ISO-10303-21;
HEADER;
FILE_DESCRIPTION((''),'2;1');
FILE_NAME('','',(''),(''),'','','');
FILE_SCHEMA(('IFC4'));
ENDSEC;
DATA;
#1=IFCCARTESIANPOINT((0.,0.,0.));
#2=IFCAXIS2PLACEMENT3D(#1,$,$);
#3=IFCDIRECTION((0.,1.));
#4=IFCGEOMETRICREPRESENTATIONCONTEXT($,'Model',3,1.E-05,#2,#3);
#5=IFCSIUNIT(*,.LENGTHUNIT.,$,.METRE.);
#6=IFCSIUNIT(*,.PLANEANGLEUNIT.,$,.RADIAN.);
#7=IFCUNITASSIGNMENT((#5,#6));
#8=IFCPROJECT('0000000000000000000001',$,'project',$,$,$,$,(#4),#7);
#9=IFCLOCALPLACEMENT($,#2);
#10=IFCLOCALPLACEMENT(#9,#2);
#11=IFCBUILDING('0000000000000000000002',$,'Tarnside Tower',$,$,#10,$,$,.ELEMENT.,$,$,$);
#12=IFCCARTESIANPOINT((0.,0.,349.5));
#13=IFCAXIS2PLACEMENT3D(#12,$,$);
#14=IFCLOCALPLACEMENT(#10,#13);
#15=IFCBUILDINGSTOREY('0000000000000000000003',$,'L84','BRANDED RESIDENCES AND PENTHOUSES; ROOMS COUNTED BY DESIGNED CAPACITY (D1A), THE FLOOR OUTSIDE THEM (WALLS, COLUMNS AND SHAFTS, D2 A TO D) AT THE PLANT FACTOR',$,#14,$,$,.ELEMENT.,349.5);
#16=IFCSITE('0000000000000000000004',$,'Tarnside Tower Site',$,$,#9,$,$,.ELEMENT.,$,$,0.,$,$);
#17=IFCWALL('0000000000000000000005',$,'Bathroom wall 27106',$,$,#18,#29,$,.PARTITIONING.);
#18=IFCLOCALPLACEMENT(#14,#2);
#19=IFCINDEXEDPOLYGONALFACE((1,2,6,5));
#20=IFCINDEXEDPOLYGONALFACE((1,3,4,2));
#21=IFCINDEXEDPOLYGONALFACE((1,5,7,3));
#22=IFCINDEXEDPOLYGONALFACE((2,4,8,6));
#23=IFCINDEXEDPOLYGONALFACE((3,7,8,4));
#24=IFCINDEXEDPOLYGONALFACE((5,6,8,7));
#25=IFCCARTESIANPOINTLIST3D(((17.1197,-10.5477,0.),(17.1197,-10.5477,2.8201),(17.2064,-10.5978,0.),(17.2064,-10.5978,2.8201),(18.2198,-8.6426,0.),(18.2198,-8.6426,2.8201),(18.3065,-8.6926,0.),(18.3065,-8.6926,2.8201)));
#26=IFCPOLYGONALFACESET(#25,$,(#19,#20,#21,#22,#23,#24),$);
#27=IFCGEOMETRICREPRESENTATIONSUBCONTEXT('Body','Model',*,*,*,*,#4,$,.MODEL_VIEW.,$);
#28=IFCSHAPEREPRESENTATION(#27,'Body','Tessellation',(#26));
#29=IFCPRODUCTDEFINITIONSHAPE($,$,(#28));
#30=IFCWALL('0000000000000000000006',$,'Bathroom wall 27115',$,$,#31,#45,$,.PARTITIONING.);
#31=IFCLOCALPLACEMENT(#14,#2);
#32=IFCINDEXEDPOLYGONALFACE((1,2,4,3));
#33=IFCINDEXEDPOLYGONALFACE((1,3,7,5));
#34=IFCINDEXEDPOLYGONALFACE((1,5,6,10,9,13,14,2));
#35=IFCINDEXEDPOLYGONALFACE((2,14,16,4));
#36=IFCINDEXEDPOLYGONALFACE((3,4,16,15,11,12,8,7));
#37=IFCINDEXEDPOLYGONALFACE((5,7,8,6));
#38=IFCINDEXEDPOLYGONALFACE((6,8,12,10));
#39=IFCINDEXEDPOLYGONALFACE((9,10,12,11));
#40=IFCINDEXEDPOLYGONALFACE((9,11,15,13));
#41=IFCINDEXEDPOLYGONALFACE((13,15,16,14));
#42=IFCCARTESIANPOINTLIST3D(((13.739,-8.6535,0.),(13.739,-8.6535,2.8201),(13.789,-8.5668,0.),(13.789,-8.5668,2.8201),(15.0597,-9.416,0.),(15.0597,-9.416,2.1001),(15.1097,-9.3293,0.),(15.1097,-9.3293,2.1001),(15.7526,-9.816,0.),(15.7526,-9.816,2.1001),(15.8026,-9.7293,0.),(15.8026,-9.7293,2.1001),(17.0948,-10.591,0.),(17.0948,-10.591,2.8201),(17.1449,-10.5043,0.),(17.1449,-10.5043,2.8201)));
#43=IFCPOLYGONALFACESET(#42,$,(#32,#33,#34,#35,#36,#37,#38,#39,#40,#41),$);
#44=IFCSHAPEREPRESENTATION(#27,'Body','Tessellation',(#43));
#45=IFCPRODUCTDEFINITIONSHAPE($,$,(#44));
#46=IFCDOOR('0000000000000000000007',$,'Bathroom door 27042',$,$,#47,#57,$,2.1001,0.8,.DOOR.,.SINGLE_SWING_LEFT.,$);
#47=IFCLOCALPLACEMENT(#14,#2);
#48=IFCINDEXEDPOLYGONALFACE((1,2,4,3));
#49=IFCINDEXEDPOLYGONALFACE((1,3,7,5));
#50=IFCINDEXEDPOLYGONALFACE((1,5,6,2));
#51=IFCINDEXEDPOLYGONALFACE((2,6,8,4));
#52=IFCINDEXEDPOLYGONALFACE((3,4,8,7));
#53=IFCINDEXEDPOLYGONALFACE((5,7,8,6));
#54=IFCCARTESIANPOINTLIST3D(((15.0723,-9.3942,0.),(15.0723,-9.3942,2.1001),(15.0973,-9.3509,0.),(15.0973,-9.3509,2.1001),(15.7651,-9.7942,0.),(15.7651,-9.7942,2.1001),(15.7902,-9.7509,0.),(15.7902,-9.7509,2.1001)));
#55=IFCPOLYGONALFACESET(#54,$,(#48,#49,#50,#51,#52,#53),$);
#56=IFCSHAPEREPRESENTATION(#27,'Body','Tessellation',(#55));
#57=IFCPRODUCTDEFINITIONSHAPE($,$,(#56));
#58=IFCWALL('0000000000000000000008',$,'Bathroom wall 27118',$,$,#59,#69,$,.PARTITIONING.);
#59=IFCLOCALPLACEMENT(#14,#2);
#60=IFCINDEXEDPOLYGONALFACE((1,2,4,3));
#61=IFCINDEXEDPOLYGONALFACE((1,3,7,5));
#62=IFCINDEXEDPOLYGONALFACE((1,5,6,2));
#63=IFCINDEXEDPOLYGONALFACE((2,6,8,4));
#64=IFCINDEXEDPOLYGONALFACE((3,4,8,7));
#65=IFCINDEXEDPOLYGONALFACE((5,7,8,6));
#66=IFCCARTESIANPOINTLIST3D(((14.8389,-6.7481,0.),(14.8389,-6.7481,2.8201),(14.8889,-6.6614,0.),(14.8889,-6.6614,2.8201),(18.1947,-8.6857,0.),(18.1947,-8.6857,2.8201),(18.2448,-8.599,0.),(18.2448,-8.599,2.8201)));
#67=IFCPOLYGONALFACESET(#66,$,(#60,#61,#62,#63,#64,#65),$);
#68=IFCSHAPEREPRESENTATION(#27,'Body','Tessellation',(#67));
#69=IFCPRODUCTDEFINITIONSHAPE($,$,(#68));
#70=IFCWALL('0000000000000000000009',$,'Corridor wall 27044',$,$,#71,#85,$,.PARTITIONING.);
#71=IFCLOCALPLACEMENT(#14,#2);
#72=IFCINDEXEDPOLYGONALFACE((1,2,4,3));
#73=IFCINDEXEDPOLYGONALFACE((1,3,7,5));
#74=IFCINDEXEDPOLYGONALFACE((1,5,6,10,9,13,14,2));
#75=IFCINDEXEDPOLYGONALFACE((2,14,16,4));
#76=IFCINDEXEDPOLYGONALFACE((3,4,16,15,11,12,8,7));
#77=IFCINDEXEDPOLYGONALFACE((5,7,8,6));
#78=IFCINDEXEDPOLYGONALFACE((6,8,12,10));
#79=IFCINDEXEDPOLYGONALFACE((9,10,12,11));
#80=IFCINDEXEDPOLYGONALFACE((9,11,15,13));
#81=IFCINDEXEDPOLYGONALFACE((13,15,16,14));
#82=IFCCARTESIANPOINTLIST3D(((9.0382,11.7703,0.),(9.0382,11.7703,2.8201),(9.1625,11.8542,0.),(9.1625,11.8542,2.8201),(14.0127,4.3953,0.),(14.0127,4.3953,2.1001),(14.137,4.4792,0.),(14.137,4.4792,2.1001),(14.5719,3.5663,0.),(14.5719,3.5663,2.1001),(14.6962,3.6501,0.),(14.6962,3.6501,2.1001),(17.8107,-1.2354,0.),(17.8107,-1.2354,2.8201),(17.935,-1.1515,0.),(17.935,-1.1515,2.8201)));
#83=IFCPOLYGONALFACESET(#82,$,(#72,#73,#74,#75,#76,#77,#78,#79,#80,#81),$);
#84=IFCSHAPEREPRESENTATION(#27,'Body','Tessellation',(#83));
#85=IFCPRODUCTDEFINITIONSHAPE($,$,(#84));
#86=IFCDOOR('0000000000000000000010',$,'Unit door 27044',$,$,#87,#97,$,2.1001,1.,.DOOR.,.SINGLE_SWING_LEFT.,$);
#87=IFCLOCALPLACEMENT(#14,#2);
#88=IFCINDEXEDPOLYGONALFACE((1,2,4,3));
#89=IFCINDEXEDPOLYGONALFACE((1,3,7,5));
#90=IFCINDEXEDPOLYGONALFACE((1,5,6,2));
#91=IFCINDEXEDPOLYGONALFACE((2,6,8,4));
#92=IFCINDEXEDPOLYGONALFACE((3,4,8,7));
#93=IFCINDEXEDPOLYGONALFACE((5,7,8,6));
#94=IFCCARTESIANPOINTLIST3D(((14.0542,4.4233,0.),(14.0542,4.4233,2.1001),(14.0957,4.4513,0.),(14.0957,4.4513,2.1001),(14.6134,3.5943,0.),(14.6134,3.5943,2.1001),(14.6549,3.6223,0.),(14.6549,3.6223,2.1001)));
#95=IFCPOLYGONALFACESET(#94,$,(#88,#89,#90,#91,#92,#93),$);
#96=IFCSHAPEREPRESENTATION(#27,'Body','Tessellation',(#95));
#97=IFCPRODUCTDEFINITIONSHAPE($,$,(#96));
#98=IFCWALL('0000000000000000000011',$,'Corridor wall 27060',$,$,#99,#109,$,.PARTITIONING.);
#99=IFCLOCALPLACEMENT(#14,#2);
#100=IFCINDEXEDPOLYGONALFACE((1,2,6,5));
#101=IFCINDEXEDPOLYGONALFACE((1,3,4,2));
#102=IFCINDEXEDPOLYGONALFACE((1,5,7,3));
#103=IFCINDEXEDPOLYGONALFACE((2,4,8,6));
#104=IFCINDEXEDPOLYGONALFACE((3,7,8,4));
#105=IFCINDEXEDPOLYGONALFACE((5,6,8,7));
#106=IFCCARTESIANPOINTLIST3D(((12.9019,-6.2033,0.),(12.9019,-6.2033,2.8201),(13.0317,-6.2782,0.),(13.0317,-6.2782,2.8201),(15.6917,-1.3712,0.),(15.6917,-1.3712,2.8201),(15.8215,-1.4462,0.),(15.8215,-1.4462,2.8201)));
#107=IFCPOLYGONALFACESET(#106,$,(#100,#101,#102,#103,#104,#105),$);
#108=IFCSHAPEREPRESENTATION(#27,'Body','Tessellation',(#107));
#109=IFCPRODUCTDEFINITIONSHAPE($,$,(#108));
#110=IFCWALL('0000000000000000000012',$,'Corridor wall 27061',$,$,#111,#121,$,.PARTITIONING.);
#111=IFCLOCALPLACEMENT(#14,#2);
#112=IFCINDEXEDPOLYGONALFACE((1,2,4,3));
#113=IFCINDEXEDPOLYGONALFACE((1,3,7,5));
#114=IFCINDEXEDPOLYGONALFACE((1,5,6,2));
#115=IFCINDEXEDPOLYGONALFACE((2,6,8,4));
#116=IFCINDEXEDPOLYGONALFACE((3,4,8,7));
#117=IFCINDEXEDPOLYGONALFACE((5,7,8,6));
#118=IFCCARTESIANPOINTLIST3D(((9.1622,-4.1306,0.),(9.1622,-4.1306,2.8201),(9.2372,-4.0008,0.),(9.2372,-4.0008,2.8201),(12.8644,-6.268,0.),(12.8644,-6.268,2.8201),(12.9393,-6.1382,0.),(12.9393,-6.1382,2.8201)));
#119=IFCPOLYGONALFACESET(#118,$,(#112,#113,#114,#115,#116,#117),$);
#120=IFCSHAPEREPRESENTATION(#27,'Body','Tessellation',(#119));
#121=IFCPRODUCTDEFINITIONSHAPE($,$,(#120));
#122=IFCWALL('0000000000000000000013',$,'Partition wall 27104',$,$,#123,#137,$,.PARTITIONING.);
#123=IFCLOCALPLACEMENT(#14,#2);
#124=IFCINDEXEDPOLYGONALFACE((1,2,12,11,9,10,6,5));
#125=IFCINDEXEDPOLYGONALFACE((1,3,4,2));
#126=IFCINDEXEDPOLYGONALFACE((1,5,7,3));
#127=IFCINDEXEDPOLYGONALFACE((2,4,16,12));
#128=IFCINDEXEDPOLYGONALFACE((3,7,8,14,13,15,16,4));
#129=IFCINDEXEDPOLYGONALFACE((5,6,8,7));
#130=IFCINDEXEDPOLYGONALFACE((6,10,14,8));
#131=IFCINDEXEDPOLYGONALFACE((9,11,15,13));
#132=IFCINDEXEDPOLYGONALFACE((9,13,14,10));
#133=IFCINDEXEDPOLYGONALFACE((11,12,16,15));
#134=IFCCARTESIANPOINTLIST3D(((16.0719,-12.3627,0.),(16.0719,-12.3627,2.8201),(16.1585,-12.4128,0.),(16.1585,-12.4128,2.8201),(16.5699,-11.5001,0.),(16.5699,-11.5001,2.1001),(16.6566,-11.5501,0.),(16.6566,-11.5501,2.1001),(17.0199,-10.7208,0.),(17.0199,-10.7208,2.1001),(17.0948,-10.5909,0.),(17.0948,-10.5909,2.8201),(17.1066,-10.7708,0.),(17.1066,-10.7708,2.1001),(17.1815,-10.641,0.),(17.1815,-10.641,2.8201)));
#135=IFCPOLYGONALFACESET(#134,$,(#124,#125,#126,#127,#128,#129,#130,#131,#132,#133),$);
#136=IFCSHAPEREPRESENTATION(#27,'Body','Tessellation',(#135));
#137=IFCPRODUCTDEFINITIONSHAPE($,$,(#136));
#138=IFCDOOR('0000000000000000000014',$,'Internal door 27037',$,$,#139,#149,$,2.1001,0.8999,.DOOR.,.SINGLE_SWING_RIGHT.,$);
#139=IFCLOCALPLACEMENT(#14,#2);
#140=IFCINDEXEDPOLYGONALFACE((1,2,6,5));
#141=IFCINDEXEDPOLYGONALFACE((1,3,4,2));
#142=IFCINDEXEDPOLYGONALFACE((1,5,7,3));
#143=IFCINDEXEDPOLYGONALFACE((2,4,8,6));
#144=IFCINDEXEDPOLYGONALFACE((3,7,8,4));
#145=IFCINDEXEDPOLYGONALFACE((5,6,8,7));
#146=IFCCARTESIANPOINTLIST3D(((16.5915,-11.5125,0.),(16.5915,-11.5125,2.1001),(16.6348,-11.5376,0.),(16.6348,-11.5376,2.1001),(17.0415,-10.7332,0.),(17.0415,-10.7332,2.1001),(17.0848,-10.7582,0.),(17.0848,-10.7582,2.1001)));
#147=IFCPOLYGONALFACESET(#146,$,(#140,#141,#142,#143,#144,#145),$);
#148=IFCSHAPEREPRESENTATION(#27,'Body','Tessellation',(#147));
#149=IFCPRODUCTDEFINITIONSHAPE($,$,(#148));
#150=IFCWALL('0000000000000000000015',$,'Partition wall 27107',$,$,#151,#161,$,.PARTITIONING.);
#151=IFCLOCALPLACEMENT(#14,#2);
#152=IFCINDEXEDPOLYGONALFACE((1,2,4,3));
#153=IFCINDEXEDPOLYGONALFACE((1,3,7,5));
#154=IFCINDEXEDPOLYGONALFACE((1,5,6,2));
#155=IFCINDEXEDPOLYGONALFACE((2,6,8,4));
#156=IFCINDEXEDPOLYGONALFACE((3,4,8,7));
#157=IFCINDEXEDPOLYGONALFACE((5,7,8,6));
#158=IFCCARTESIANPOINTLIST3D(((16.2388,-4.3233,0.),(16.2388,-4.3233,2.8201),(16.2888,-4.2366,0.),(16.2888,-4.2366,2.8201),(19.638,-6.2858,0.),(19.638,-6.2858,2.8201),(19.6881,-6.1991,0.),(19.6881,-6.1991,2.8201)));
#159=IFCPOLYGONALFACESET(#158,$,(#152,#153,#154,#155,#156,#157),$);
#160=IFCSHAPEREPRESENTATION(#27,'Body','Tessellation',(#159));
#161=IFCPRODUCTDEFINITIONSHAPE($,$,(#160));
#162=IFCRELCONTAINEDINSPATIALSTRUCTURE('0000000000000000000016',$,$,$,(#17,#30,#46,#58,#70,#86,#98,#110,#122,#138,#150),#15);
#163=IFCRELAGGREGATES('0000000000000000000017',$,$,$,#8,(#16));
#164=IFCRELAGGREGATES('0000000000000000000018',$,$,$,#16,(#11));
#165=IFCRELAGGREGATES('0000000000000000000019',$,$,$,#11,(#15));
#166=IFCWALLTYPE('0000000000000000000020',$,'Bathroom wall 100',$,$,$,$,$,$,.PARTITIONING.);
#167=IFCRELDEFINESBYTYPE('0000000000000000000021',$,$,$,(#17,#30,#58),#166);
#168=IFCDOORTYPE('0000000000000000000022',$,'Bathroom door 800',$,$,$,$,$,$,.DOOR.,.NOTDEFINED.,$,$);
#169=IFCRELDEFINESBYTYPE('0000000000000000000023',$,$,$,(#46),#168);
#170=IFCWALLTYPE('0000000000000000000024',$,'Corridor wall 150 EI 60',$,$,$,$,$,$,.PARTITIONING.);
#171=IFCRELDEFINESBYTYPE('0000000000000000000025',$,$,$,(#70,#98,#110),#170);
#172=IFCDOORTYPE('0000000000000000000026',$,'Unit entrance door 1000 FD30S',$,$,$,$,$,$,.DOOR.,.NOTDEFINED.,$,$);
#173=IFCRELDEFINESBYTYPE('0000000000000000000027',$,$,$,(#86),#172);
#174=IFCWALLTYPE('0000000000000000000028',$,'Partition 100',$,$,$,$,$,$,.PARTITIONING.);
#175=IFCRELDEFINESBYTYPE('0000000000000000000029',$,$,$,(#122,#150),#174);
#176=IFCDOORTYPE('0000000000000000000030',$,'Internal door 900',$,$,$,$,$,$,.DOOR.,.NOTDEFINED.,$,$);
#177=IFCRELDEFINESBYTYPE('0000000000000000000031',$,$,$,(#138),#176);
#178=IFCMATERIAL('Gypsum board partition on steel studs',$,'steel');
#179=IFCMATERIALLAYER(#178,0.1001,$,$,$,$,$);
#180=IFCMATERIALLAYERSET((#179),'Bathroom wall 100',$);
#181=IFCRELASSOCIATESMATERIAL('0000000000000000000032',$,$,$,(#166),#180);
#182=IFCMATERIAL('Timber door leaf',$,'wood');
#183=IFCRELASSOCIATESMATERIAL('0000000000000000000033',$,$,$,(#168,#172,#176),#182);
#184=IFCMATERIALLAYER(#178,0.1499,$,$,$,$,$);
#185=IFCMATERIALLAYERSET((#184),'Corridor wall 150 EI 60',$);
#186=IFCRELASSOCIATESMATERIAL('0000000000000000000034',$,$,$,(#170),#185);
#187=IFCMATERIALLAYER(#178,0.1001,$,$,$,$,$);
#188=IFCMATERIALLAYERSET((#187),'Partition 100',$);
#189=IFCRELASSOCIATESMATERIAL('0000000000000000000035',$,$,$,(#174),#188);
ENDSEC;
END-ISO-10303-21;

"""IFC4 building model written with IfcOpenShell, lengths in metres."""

from ifc_helpers import new_model, si_unit, direction, frame, frame_2d, origin, place, context, subcontext, project, spatial, rectangle, extrude, material, layer, layer_set, type_object, element, fill, save


model = new_model("IFC4")

# Units and contexts
model_context = context("Model", 3, precision=1e-05, world=origin(), true_north=direction((0.0, 1.0)))
body_context = subcontext(model_context, "Body", "Model", "MODEL_VIEW")
ifc_project = project(units=[si_unit("LENGTHUNIT", "METRE"), si_unit("PLANEANGLEUNIT", "RADIAN")], contexts=[model_context])

# Site, building, storey
site_placement = place(None, origin())
site = spatial("IfcSite", under=ifc_project, at=site_placement, Name="Tarnside Tower Site", CompositionType="ELEMENT", RefElevation=0.0)
building_placement = place(site_placement, origin())
building = spatial("IfcBuilding", under=site, at=building_placement, Name="Tarnside Tower", CompositionType="ELEMENT")
storey_placement = place(building_placement, frame((0.0, 0.0, 349.5)))
storey = spatial("IfcBuildingStorey", under=building, at=storey_placement, Name="L84", Description="BRANDED RESIDENCES AND PENTHOUSES; ROOMS COUNTED BY DESIGNED CAPACITY (D1A), THE FLOOR OUTSIDE THEM (WALLS, COLUMNS AND SHAFTS, D2 A TO D) AT THE PLANT FACTOR", CompositionType="ELEMENT", Elevation=349.5)

# Wall
ifc_material_1 = material(Name="Gypsum board partition on steel studs", Category="steel")
ifc_layer_1 = layer(ifc_material_1, 0.1001)
ifc_layer_set_1 = layer_set([ifc_layer_1], Name="Bathroom wall 100")
wall_type_1 = type_object("IfcWallType", Name="Bathroom wall 100", PredefinedType="PARTITIONING", material=ifc_layer_set_1)
wall_1_placement = place(storey_placement, frame((18.2632, -8.6675, 0.0), z_axis=(0.0, 0.0, 1.0), x_axis=(-0.50003, -0.866008, 0.0)))
element("IfcWall", 1, at=wall_1_placement, inside=storey, type_object=wall_type_1, Name="Bathroom wall 27106", PredefinedType="PARTITIONING", context=body_context, shape_type="SweptSolid", body=[
    extrude(rectangle(XDim=2.2, YDim=0.1001, at=frame_2d((1.1001, 0.0))), origin(), (0.0, 0.0, 1.0), 2.8201),
])

# Wall, opening, door
wall_2_placement = place(storey_placement, frame((17.1199, -10.5476, 0.0), z_axis=(0.0, 0.0, 1.0), x_axis=(-0.866032, 0.499988, 0.0)))
wall_2 = element("IfcWall", 2, at=wall_2_placement, inside=storey, type_object=wall_type_1, Name="Bathroom wall 27115", PredefinedType="PARTITIONING", context=body_context, shape_type="SweptSolid", body=[
    extrude(rectangle(XDim=3.875, YDim=0.1001, at=frame_2d((1.9375, 0.0))), origin(), (0.0, 0.0, 1.0), 2.8201),
])
opening_1_placement = place(wall_2_placement, frame((1.55, 0.0, 0.0)))
opening_1 = element("IfcOpeningElement", 3, at=opening_1_placement, cuts=wall_2, PredefinedType="OPENING", context=body_context, shape_type="SweptSolid", body=[
    extrude(rectangle(XDim=0.8, YDim=2.1001, at=frame_2d((0.3999, 1.05))), frame((0.0, 0.0601, 0.0), z_axis=(0.0, -1.0, 0.0), x_axis=(1.0, 0.0, 0.0)), (0.0, 0.0, 1.0), 0.1201),
])
ifc_material_2 = material(Name="Timber door leaf", Category="wood")
door_type_1 = type_object("IfcDoorType", Name="Bathroom door 800", OperationType="NOTDEFINED", PredefinedType="DOOR", material=ifc_material_2)
door_1_placement = place(opening_1_placement, origin())
door_1 = element("IfcDoor", 4, at=door_1_placement, inside=storey, type_object=door_type_1, Name="Bathroom door 27042", OperationType="SINGLE_SWING_LEFT", OverallHeight=2.1001, OverallWidth=0.8, PredefinedType="DOOR", context=body_context, shape_type="SweptSolid", body=[
    extrude(rectangle(XDim=0.8, YDim=2.1001, at=frame_2d((0.3999, 1.05))), frame((0.0, 0.0249, 0.0), z_axis=(0.0, -1.0, 0.0), x_axis=(1.0, 0.0, 0.0)), (0.0, 0.0, 1.0), 0.05),
])
fill(opening_1, door_1)

# Wall
wall_3_placement = place(storey_placement, frame((18.2197, -8.6423, 0.0), z_axis=(0.0, 0.0, 1.0), x_axis=(-0.866017, 0.500015, 0.0)))
element("IfcWall", 5, at=wall_3_placement, inside=storey, type_object=wall_type_1, Name="Bathroom wall 27118", PredefinedType="PARTITIONING", context=body_context, shape_type="SweptSolid", body=[
    extrude(rectangle(XDim=3.875, YDim=0.1001, at=frame_2d((1.9375, 0.0))), origin(), (0.0, 0.0, 1.0), 2.8201),
])

# Wall, opening, door
ifc_layer_2 = layer(ifc_material_1, 0.1499)
ifc_layer_set_2 = layer_set([ifc_layer_2], Name="Corridor wall 150 EI 60")
wall_type_2 = type_object("IfcWallType", Name="Corridor wall 150 EI 60", PredefinedType="PARTITIONING", material=ifc_layer_set_2)
wall_4_placement = place(storey_placement, frame((17.8728, -1.1934, 0.0), z_axis=(0.0, 0.0, 1.0), x_axis=(-0.559196, 0.829036, 0.0)))
wall_4 = element("IfcWall", 6, at=wall_4_placement, inside=storey, type_object=wall_type_2, Name="Corridor wall 27044", PredefinedType="PARTITIONING", context=body_context, shape_type="SweptSolid", body=[
    extrude(rectangle(XDim=15.6877, YDim=0.1499, at=frame_2d((7.8438, 0.0))), origin(), (0.0, 0.0, 1.0), 2.8201),
])
opening_2_placement = place(wall_4_placement, frame((5.7917, 0.0, 0.0)))
opening_2 = element("IfcOpeningElement", 7, at=opening_2_placement, cuts=wall_4, PredefinedType="OPENING", context=body_context, shape_type="SweptSolid", body=[
    extrude(rectangle(XDim=1.0, YDim=2.1001, at=frame_2d((0.5, 1.05))), frame((0.0, 0.085, 0.0), z_axis=(0.0, -1.0, 0.0), x_axis=(1.0, 0.0, 0.0)), (0.0, 0.0, 1.0), 0.1699),
])
door_type_2 = type_object("IfcDoorType", Name="Unit entrance door 1000 FD30S", OperationType="NOTDEFINED", PredefinedType="DOOR", material=ifc_material_2)
door_2_placement = place(opening_2_placement, origin())
door_2 = element("IfcDoor", 8, at=door_2_placement, inside=storey, type_object=door_type_2, Name="Unit door 27044", OperationType="SINGLE_SWING_LEFT", OverallHeight=2.1001, OverallWidth=1.0, PredefinedType="DOOR", context=body_context, shape_type="SweptSolid", body=[
    extrude(rectangle(XDim=1.0, YDim=2.1001, at=frame_2d((0.5, 1.05))), frame((0.0, 0.0249, 0.0), z_axis=(0.0, -1.0, 0.0), x_axis=(1.0, 0.0, 0.0)), (0.0, 0.0, 1.0), 0.05),
])
fill(opening_2, door_2)

# Walls
wall_5_placement = place(storey_placement, frame((15.7566, -1.4087, 0.0), z_axis=(0.0, 0.0, 1.0), x_axis=(-0.500003, -0.866024, 0.0)))
element("IfcWall", 9, at=wall_5_placement, inside=storey, type_object=wall_type_2, Name="Corridor wall 27060", PredefinedType="PARTITIONING", context=body_context, shape_type="SweptSolid", body=[
    extrude(rectangle(XDim=5.5796, YDim=0.1499, at=frame_2d((2.7898, 0.0))), origin(), (0.0, 0.0, 1.0), 2.8201),
])
wall_6_placement = place(storey_placement, frame((12.9019, -6.2031, 0.0), z_axis=(0.0, 0.0, 1.0), x_axis=(-0.866024, 0.500003, 0.0)))
element("IfcWall", 10, at=wall_6_placement, inside=storey, type_object=wall_type_2, Name="Corridor wall 27061", PredefinedType="PARTITIONING", context=body_context, shape_type="SweptSolid", body=[
    extrude(rectangle(XDim=4.2749, YDim=0.1499, at=frame_2d((2.1375, 0.0))), origin(), (0.0, 0.0, 1.0), 2.8201),
])

# Wall, opening, door
ifc_layer_3 = layer(ifc_material_1, 0.1001)
ifc_layer_set_3 = layer_set([ifc_layer_3], Name="Partition 100")
wall_type_3 = type_object("IfcWallType", Name="Partition 100", PredefinedType="PARTITIONING", material=ifc_layer_set_3)
wall_7_placement = place(storey_placement, frame((17.1382, -10.616, 0.0), z_axis=(0.0, 0.0, 1.0), x_axis=(-0.500015, -0.866017, 0.0)))
wall_7 = element("IfcWall", 11, at=wall_7_placement, inside=storey, type_object=wall_type_3, Name="Partition wall 27104", PredefinedType="PARTITIONING", context=body_context, shape_type="SweptSolid", body=[
    extrude(rectangle(XDim=2.0459, YDim=0.1001, at=frame_2d((1.0229, 0.0))), origin(), (0.0, 0.0, 1.0), 2.8201),
])
opening_3_placement = place(wall_7_placement, frame((0.1499, 0.0, 0.0)))
opening_3 = element("IfcOpeningElement", 12, at=opening_3_placement, cuts=wall_7, PredefinedType="OPENING", context=body_context, shape_type="SweptSolid", body=[
    extrude(rectangle(XDim=0.8999, YDim=2.1001, at=frame_2d((0.45, 1.05))), frame((0.0, 0.0601, 0.0), z_axis=(0.0, -1.0, 0.0), x_axis=(1.0, 0.0, 0.0)), (0.0, 0.0, 1.0), 0.1201),
])
door_type_3 = type_object("IfcDoorType", Name="Internal door 900", OperationType="NOTDEFINED", PredefinedType="DOOR", material=ifc_material_2)
door_3_placement = place(opening_3_placement, origin())
door_3 = element("IfcDoor", 13, at=door_3_placement, inside=storey, type_object=door_type_3, Name="Internal door 27037", OperationType="SINGLE_SWING_RIGHT", OverallHeight=2.1001, OverallWidth=0.8999, PredefinedType="DOOR", context=body_context, shape_type="SweptSolid", body=[
    extrude(rectangle(XDim=0.8999, YDim=2.1001, at=frame_2d((0.45, 1.05))), frame((0.0, 0.0249, 0.0), z_axis=(0.0, -1.0, 0.0), x_axis=(1.0, 0.0, 0.0)), (0.0, 0.0, 1.0), 0.05),
])
fill(opening_3, door_3)

# Wall
wall_8_placement = place(storey_placement, frame((16.2639, -4.28, 0.0), z_axis=(0.0, 0.0, 1.0), x_axis=(0.866037, -0.499979, 0.0)))
element("IfcWall", 14, at=wall_8_placement, inside=storey, type_object=wall_type_3, Name="Partition wall 27107", PredefinedType="PARTITIONING", context=body_context, shape_type="SweptSolid", body=[
    extrude(rectangle(XDim=3.925, YDim=0.1001, at=frame_2d((1.9624, 0.0))), origin(), (0.0, 0.0, 1.0), 2.8201),
])

save(model, "model.ifc")
